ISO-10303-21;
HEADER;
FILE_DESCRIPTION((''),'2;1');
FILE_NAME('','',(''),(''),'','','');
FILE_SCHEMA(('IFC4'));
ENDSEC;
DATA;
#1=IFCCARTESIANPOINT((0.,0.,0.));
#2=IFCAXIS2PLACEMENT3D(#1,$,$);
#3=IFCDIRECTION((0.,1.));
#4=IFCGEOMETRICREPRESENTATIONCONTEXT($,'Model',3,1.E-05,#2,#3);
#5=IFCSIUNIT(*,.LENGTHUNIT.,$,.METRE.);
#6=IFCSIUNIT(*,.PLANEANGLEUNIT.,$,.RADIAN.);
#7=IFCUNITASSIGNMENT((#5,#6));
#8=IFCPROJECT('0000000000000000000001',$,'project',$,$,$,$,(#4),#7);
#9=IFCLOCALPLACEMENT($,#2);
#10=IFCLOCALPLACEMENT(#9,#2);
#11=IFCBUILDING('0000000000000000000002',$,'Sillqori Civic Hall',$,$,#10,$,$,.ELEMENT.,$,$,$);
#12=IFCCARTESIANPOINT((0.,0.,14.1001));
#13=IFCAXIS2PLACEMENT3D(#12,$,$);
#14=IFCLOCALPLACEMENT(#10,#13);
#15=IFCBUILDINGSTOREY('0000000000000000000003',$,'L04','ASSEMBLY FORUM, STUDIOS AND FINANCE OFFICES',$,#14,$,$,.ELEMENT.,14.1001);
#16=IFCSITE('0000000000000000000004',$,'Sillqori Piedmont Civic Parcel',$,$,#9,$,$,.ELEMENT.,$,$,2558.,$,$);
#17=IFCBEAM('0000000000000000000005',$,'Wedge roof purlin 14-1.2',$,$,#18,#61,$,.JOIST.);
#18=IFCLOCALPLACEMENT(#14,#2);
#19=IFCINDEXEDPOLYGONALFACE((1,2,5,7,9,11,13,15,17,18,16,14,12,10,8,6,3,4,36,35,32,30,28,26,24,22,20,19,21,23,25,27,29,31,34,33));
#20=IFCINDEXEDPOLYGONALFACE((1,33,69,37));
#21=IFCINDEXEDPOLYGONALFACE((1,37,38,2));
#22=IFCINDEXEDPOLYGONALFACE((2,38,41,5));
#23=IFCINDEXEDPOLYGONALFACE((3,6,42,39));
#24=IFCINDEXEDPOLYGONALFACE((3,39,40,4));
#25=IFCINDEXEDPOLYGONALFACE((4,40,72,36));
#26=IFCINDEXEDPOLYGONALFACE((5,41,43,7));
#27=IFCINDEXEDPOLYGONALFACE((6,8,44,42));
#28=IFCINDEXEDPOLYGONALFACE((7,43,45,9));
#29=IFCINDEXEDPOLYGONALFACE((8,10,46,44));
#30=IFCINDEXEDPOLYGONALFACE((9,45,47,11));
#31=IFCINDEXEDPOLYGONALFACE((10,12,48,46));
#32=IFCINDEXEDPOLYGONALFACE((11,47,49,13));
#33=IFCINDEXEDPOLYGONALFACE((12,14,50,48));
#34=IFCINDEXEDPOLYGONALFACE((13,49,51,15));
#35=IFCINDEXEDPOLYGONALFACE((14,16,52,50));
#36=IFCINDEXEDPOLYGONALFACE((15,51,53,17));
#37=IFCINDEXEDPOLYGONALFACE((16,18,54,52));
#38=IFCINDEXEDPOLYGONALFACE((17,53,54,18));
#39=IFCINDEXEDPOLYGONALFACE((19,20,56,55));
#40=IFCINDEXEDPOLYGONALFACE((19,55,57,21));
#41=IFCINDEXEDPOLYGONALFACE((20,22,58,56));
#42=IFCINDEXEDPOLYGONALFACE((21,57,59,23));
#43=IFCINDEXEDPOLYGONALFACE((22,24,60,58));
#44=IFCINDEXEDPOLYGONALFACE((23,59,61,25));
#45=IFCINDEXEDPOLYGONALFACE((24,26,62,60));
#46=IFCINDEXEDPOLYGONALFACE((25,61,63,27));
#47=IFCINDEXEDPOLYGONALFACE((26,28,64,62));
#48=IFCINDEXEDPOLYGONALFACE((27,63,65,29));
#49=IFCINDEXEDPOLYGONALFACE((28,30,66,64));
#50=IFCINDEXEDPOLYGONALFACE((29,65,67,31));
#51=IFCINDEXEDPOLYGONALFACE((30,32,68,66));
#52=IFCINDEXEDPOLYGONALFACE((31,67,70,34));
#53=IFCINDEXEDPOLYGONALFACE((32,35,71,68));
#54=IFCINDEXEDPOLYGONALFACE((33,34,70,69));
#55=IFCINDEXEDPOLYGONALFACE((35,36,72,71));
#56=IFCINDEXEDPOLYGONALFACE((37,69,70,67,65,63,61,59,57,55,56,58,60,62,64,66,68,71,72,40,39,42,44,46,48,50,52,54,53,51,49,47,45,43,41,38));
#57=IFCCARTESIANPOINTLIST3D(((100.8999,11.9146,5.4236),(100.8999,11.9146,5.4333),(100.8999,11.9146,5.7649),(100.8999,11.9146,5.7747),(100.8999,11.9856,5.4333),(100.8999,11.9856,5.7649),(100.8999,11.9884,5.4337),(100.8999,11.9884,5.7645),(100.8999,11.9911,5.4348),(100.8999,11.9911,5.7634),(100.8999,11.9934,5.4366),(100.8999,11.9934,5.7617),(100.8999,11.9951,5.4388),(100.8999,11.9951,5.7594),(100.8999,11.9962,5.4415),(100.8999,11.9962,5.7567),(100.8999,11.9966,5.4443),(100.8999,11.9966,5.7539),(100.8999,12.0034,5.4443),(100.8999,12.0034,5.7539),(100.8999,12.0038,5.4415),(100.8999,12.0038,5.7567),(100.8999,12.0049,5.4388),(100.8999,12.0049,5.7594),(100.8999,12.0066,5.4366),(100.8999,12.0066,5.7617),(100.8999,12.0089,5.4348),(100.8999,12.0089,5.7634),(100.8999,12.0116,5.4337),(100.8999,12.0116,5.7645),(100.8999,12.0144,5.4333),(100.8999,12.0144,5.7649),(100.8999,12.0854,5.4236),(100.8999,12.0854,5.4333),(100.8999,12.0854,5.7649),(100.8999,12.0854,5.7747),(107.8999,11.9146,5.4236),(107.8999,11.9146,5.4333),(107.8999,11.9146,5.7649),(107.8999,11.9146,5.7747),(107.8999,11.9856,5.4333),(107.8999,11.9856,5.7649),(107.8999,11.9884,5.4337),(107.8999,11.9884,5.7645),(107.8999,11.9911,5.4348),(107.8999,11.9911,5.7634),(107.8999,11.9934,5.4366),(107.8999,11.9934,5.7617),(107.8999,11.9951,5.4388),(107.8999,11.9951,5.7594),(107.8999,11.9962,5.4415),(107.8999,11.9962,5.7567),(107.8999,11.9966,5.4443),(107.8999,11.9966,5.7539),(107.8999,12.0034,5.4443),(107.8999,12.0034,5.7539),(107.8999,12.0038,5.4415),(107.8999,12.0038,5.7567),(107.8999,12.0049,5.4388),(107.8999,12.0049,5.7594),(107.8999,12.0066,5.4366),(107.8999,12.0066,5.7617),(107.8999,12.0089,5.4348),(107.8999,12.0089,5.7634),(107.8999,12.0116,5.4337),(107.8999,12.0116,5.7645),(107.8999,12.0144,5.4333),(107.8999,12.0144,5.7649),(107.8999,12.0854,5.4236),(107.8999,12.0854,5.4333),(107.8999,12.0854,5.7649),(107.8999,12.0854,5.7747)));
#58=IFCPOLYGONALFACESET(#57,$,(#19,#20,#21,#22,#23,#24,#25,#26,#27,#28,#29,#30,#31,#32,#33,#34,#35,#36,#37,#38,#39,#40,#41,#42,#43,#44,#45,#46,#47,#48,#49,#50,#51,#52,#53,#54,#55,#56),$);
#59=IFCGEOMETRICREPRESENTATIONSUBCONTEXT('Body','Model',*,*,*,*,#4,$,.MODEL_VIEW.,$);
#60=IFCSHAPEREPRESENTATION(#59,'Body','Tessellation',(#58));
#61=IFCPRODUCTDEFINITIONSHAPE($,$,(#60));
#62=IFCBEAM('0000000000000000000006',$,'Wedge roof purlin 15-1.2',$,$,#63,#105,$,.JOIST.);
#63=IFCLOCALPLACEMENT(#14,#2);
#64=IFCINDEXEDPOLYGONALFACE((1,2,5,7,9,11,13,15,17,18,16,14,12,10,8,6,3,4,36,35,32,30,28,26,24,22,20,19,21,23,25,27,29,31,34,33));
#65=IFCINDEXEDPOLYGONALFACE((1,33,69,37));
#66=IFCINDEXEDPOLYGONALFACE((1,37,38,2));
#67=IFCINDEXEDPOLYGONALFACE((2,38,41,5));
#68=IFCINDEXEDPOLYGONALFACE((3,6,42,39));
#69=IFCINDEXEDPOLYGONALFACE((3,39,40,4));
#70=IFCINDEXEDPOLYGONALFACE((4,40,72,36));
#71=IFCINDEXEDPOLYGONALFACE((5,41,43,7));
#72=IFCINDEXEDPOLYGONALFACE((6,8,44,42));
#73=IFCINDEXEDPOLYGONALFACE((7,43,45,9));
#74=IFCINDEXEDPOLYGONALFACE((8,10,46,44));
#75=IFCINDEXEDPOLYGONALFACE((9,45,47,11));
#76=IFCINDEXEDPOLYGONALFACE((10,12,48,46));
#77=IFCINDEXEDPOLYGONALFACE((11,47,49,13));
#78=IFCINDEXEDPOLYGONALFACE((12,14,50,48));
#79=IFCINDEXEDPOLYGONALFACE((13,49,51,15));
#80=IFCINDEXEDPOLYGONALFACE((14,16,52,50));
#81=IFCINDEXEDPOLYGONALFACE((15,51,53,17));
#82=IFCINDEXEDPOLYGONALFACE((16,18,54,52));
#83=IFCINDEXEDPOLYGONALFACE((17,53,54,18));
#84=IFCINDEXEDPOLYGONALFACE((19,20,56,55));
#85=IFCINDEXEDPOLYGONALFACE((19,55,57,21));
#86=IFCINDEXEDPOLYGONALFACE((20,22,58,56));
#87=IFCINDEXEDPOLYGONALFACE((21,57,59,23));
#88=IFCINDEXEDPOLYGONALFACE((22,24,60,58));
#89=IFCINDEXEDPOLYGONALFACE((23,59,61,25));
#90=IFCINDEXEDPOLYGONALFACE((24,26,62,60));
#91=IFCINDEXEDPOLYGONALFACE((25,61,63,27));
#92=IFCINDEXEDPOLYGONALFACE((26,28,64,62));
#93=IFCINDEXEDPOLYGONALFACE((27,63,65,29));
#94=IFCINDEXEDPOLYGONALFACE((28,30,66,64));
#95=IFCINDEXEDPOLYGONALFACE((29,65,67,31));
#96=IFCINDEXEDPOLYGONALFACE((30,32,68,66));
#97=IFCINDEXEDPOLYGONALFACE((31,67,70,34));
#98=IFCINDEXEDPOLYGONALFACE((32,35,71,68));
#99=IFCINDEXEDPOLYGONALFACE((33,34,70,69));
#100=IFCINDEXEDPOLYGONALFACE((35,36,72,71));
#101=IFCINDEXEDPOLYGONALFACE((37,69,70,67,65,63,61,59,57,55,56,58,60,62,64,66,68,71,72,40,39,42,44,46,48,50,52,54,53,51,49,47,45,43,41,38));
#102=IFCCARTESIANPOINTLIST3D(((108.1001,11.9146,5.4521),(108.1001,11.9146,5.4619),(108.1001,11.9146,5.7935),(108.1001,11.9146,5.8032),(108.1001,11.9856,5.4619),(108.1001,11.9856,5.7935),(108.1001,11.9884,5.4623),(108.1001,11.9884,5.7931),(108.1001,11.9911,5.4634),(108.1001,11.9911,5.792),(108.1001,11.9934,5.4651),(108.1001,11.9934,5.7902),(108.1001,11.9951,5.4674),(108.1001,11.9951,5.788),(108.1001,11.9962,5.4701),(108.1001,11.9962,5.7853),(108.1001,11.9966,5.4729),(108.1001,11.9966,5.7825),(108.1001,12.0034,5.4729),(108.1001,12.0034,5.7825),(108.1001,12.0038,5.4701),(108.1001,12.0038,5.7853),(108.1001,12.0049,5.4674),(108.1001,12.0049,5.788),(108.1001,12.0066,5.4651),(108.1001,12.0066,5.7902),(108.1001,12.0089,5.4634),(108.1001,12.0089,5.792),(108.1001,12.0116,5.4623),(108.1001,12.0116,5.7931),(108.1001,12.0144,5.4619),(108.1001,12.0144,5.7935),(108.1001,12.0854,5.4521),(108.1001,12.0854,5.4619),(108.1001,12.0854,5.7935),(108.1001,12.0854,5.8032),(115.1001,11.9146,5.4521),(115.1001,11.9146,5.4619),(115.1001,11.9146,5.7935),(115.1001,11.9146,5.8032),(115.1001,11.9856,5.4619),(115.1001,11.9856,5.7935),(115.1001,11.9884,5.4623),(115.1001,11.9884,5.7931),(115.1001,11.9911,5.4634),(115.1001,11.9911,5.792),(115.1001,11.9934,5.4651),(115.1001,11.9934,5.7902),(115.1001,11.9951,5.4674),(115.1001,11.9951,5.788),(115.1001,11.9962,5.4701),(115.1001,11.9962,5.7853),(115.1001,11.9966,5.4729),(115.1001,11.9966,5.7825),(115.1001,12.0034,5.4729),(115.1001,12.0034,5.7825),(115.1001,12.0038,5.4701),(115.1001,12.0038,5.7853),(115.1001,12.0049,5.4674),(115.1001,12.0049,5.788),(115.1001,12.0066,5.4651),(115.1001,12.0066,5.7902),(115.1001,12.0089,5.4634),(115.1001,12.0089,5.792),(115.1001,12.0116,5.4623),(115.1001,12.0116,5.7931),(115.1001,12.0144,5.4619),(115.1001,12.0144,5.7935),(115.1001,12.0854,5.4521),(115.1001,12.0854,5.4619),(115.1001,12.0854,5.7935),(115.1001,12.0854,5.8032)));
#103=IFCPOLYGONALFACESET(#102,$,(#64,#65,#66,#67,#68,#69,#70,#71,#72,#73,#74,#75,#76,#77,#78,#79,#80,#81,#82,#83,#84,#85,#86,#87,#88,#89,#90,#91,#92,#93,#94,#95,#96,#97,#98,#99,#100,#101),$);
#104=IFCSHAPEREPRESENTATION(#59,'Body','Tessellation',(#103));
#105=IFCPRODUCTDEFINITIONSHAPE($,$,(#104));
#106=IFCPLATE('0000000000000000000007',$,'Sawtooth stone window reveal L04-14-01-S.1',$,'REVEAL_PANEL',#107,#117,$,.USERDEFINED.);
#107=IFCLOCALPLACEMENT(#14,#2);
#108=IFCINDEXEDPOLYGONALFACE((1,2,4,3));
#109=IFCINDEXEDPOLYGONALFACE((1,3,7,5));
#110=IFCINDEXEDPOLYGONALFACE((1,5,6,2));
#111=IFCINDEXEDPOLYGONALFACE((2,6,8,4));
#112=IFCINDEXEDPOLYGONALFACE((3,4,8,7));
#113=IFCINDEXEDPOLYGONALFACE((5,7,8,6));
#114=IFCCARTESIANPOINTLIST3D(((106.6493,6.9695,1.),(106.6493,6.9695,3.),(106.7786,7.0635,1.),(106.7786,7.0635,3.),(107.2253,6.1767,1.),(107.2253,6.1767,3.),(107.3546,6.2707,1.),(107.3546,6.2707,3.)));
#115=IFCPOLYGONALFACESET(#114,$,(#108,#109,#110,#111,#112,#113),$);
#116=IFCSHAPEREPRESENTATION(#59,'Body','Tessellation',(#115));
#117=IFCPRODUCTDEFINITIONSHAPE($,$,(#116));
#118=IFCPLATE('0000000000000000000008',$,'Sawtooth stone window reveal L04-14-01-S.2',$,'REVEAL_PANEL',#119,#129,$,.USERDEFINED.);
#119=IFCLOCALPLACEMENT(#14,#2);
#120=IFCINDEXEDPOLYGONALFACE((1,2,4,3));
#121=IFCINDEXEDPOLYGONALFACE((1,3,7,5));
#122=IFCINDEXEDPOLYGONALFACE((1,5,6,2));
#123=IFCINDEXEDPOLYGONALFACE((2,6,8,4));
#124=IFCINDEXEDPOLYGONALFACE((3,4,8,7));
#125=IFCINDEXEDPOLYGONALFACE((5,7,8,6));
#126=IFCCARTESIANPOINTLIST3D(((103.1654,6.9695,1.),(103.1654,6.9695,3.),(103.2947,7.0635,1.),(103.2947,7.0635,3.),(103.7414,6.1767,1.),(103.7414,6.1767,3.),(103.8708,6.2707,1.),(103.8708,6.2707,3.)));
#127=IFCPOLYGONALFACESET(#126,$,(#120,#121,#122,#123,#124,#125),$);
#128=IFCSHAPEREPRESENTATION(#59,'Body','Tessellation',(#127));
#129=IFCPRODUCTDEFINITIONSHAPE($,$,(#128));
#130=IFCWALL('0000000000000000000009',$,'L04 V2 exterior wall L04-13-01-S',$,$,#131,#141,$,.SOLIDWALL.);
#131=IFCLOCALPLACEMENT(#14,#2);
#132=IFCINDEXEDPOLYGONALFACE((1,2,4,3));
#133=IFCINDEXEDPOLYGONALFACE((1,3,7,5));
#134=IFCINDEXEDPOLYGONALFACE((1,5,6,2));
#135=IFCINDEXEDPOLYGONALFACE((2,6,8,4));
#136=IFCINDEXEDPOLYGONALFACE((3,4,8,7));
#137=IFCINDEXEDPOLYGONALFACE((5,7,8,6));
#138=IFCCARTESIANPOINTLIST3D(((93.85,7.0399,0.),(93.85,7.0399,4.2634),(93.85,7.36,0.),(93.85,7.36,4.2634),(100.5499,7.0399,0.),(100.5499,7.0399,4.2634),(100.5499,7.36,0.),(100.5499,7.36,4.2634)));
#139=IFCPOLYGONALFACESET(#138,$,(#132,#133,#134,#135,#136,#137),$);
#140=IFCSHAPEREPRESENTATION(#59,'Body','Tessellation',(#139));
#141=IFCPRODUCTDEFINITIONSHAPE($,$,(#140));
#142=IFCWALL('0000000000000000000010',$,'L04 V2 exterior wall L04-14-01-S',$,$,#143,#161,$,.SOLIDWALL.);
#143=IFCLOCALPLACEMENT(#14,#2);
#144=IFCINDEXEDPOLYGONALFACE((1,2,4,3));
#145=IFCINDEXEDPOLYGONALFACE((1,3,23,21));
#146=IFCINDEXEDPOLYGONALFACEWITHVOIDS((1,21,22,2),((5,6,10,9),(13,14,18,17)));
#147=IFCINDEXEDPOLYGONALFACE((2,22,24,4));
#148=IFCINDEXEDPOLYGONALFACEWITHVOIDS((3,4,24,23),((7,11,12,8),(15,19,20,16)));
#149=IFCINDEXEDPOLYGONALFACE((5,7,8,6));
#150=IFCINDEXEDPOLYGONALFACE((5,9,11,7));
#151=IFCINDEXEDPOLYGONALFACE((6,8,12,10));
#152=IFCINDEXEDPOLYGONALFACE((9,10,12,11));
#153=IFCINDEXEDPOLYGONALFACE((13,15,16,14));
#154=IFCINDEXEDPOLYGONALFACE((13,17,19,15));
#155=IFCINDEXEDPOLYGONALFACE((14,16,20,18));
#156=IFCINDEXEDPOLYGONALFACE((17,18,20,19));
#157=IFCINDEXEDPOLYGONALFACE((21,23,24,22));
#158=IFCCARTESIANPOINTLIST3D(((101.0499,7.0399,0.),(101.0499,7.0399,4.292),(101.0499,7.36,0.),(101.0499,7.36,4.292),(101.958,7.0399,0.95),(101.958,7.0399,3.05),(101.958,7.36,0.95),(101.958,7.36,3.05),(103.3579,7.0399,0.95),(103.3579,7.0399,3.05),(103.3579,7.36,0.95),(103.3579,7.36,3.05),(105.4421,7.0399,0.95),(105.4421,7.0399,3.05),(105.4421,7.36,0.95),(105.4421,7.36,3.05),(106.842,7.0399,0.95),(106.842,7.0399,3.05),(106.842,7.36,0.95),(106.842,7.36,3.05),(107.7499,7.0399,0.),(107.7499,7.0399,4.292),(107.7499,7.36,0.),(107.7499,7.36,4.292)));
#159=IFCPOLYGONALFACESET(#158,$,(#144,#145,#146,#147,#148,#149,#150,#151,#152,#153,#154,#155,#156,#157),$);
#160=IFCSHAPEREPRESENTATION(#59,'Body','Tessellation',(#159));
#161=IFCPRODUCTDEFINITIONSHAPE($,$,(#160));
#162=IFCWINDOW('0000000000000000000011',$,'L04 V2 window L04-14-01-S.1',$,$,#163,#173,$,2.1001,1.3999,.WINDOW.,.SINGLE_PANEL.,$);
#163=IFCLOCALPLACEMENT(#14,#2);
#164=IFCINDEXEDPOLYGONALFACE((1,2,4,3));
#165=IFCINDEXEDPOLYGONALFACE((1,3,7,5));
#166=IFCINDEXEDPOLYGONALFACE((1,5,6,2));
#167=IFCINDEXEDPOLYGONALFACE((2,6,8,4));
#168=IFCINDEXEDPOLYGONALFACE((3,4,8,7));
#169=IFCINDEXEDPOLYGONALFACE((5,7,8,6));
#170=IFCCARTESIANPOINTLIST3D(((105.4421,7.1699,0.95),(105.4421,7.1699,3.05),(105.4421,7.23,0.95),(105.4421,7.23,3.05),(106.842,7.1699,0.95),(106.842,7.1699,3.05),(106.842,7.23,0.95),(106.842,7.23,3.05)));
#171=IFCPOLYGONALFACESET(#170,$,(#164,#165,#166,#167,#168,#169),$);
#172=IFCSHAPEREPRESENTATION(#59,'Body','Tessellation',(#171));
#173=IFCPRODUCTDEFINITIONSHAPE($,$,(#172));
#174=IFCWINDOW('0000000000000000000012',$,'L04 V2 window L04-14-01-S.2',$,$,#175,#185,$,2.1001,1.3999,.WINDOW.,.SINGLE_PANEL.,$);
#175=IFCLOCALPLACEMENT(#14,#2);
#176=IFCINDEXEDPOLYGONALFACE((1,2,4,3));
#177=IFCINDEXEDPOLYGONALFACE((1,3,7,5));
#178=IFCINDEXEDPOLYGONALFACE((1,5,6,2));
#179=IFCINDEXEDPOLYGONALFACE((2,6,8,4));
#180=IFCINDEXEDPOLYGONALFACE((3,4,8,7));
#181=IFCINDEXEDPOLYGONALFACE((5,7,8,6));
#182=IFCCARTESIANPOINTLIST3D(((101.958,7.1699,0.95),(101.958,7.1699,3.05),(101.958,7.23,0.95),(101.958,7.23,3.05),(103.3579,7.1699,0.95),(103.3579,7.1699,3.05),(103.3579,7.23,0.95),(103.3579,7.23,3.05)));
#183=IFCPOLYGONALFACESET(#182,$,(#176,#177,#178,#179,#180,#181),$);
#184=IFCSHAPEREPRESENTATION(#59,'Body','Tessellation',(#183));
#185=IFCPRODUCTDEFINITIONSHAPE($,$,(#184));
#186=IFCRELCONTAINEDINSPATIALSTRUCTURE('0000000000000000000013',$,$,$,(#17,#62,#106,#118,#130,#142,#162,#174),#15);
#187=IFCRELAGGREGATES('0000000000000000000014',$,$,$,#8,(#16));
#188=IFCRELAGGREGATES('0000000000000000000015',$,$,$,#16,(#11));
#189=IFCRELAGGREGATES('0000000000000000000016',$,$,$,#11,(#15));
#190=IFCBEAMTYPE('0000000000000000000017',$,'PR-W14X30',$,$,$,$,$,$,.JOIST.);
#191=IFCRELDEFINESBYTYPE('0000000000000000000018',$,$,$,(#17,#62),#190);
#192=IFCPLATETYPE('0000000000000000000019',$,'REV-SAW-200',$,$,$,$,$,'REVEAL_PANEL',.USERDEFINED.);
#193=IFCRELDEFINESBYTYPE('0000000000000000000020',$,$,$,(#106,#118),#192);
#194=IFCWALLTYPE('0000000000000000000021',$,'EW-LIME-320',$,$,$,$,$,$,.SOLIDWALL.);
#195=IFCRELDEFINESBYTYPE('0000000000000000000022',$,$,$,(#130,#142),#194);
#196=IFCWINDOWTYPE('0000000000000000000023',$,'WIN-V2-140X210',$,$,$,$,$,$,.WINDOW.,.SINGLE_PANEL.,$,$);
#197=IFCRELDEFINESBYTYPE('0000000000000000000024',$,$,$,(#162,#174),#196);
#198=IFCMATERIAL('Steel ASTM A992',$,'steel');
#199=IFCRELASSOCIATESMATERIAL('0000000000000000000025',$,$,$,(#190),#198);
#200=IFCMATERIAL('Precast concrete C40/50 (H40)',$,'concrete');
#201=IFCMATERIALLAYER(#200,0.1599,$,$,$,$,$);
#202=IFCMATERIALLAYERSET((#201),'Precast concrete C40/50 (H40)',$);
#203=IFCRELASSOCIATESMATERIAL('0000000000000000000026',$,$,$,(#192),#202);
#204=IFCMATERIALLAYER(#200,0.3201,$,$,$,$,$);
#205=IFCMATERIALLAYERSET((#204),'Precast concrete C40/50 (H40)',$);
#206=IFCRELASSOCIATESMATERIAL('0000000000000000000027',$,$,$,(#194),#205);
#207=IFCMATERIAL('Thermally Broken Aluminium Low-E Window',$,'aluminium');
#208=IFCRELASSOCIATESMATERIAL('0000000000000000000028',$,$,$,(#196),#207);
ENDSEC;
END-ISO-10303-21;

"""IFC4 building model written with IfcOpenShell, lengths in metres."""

from ifc_helpers import new_model, si_unit, direction, frame, frame_2d, origin, origin_2d, place, context, subcontext, project, spatial, rectangle, i_section, extrude, material, layer, layer_set, material_profile, profile_set, type_object, element, fill, save


model = new_model("IFC4")

# Units and contexts
model_context = context("Model", 3, precision=1e-05, world=origin(), true_north=direction((0.0, 1.0)))
body_context = subcontext(model_context, "Body", "Model", "MODEL_VIEW")
ifc_project = project(units=[si_unit("LENGTHUNIT", "METRE"), si_unit("PLANEANGLEUNIT", "RADIAN")], contexts=[model_context])

# Site, building, storey
site_placement = place(None, origin())
site = spatial("IfcSite", under=ifc_project, at=site_placement, Name="Sillqori Piedmont Civic Parcel", CompositionType="ELEMENT", RefElevation=2558.0)
building_placement = place(site_placement, origin())
building = spatial("IfcBuilding", under=site, at=building_placement, Name="Sillqori Civic Hall", CompositionType="ELEMENT")
storey_placement = place(building_placement, frame((0.0, 0.0, 14.1001)))
storey = spatial("IfcBuildingStorey", under=building, at=storey_placement, Name="L04", Description="ASSEMBLY FORUM, STUDIOS AND FINANCE OFFICES", CompositionType="ELEMENT", Elevation=14.1001)

# Beams
ifc_material_1 = material(Name="Steel ASTM A992", Category="steel")
ifc_material_profile_1 = material_profile(ifc_material_1, i_section(OverallWidth=0.1709, OverallDepth=0.3511, WebThickness=0.0068, FlangeThickness=0.0098, FilletRadius=0.011, at=origin_2d()), Name="W14X30")
ifc_profile_set_1 = profile_set([ifc_material_profile_1], Name="Steel ASTM A992")
beam_type_1 = type_object("IfcBeamType", Name="PR-W14X30", PredefinedType="JOIST", material=ifc_profile_set_1)
for number, where, z_axis, x_axis, name in (
    (1, (100.8999, 12.0, 5.5991), (1.0, 0.0, 0.0), (0.0, 1.0, 0.0), "Wedge roof purlin 14-1.2"),
    (2, (108.1001, 12.0, 5.6277), (1.0, 0.0, 0.0), (0.0, 1.0, 0.0), "Wedge roof purlin 15-1.2"),
):
    element("IfcBeam", number, at=place(storey_placement, frame(where, z_axis=z_axis, x_axis=x_axis)), inside=storey, type_object=beam_type_1, Name=name, PredefinedType="JOIST", context=body_context, shape_type="SweptSolid", body=[
        extrude(i_section(OverallWidth=0.1709, OverallDepth=0.3511, WebThickness=0.0068, FlangeThickness=0.0098, FilletRadius=0.011, at=origin_2d()), origin(), (0.0, 0.0, 1.0), 7.0),
    ])

# Plates
ifc_material_2 = material(Name="Precast concrete C40/50 (H40)", Category="concrete")
ifc_layer_1 = layer(ifc_material_2, 0.1599)
ifc_layer_set_1 = layer_set([ifc_layer_1], Name="Precast concrete C40/50 (H40)")
plate_type = type_object("IfcPlateType", Name="REV-SAW-200", ElementType="REVEAL_PANEL", PredefinedType="USERDEFINED", material=ifc_layer_set_1)
for number, where, z_axis, x_axis, name in (
    (3, (107.002, 6.6201, 1.0), (0.0, 0.0, 1.0), (-0.809017, -0.587785, 0.0), "Sawtooth stone window reveal L04-14-01-S.1"),
    (4, (103.5181, 6.6201, 1.0), (0.0, 0.0, 1.0), (-0.809017, -0.587785, 0.0), "Sawtooth stone window reveal L04-14-01-S.2"),
):
    element("IfcPlate", number, at=place(storey_placement, frame(where, z_axis=z_axis, x_axis=x_axis)), inside=storey, type_object=plate_type, Name=name, ObjectType="REVEAL_PANEL", PredefinedType="USERDEFINED", context=body_context, shape_type="SweptSolid", body=[
        extrude(rectangle(XDim=0.1599, YDim=0.98, at=origin_2d()), origin(), (0.0, 0.0, 1.0), 2.0),
    ])

# Wall
ifc_layer_2 = layer(ifc_material_2, 0.3201)
ifc_layer_set_2 = layer_set([ifc_layer_2], Name="Precast concrete C40/50 (H40)")
wall_type_1 = type_object("IfcWallType", Name="EW-LIME-320", PredefinedType="SOLIDWALL", material=ifc_layer_set_2)
wall_1_placement = place(storey_placement, frame((100.55, 7.2, 0.0), z_axis=(0.0, 0.0, 1.0), x_axis=(-1.0, 0.0, 0.0)))
element("IfcWall", 5, at=wall_1_placement, inside=storey, type_object=wall_type_1, Name="L04 V2 exterior wall L04-13-01-S", PredefinedType="SOLIDWALL", context=body_context, shape_type="SweptSolid", body=[
    extrude(rectangle(XDim=6.7, YDim=0.3201, at=frame_2d((3.3501, 0.0))), origin(), (0.0, 0.0, 1.0), 4.2634),
])

# Wall, openings, windows
wall_2_placement = place(storey_placement, frame((107.75, 7.2, 0.0), z_axis=(0.0, 0.0, 1.0), x_axis=(-1.0, 0.0, 0.0)))
wall_2 = element("IfcWall", 6, at=wall_2_placement, inside=storey, type_object=wall_type_1, Name="L04 V2 exterior wall L04-14-01-S", PredefinedType="SOLIDWALL", context=body_context, shape_type="SweptSolid", body=[
    extrude(rectangle(XDim=6.7, YDim=0.3201, at=frame_2d((3.3501, 0.0))), origin(), (0.0, 0.0, 1.0), 4.292),
])
opening_1_placement = place(wall_2_placement, frame((0.908, 0.0, 0.95)))
opening_1 = element("IfcOpeningElement", 7, at=opening_1_placement, cuts=wall_2, PredefinedType="OPENING", context=body_context, shape_type="SweptSolid", body=[
    extrude(rectangle(XDim=1.3999, YDim=2.1001, at=frame_2d((0.7, 1.05))), frame((0.0, 0.1699, 0.0), z_axis=(0.0, -1.0, 0.0), x_axis=(1.0, 0.0, 0.0)), (0.0, 0.0, 1.0), 0.3401),
])
opening_2_placement = place(wall_2_placement, frame((4.3921, 0.0, 0.95)))
opening_2 = element("IfcOpeningElement", 8, at=opening_2_placement, cuts=wall_2, PredefinedType="OPENING", context=body_context, shape_type="SweptSolid", body=[
    extrude(rectangle(XDim=1.3999, YDim=2.1001, at=frame_2d((0.7, 1.05))), frame((0.0, 0.1699, 0.0), z_axis=(0.0, -1.0, 0.0), x_axis=(1.0, 0.0, 0.0)), (0.0, 0.0, 1.0), 0.3401),
])
ifc_material_3 = material(Name="Thermally Broken Aluminium Low-E Window", Category="aluminium")
window_type = type_object("IfcWindowType", Name="WIN-V2-140X210", PartitioningType="SINGLE_PANEL", PredefinedType="WINDOW", material=ifc_material_3)
window_1_placement = place(opening_1_placement, origin())
window_1 = element("IfcWindow", 9, at=window_1_placement, inside=storey, type_object=window_type, Name="L04 V2 window L04-14-01-S.1", OverallHeight=2.1001, OverallWidth=1.3999, PartitioningType="SINGLE_PANEL", PredefinedType="WINDOW", context=body_context, shape_type="SweptSolid", body=[
    extrude(rectangle(XDim=1.3999, YDim=2.1001, at=frame_2d((0.7, 1.05))), frame((0.0, 0.03, 0.0), z_axis=(0.0, -1.0, 0.0), x_axis=(1.0, 0.0, 0.0)), (0.0, 0.0, 1.0), 0.0601),
])
fill(opening_1, window_1)
window_2_placement = place(opening_2_placement, origin())
window_2 = element("IfcWindow", 10, at=window_2_placement, inside=storey, type_object=window_type, Name="L04 V2 window L04-14-01-S.2", OverallHeight=2.1001, OverallWidth=1.3999, PartitioningType="SINGLE_PANEL", PredefinedType="WINDOW", context=body_context, shape_type="SweptSolid", body=[
    extrude(rectangle(XDim=1.3999, YDim=2.1001, at=frame_2d((0.7, 1.05))), frame((0.0, 0.03, 0.0), z_axis=(0.0, -1.0, 0.0), x_axis=(1.0, 0.0, 0.0)), (0.0, 0.0, 1.0), 0.0601),
])
fill(opening_2, window_2)

save(model, "model.ifc")
